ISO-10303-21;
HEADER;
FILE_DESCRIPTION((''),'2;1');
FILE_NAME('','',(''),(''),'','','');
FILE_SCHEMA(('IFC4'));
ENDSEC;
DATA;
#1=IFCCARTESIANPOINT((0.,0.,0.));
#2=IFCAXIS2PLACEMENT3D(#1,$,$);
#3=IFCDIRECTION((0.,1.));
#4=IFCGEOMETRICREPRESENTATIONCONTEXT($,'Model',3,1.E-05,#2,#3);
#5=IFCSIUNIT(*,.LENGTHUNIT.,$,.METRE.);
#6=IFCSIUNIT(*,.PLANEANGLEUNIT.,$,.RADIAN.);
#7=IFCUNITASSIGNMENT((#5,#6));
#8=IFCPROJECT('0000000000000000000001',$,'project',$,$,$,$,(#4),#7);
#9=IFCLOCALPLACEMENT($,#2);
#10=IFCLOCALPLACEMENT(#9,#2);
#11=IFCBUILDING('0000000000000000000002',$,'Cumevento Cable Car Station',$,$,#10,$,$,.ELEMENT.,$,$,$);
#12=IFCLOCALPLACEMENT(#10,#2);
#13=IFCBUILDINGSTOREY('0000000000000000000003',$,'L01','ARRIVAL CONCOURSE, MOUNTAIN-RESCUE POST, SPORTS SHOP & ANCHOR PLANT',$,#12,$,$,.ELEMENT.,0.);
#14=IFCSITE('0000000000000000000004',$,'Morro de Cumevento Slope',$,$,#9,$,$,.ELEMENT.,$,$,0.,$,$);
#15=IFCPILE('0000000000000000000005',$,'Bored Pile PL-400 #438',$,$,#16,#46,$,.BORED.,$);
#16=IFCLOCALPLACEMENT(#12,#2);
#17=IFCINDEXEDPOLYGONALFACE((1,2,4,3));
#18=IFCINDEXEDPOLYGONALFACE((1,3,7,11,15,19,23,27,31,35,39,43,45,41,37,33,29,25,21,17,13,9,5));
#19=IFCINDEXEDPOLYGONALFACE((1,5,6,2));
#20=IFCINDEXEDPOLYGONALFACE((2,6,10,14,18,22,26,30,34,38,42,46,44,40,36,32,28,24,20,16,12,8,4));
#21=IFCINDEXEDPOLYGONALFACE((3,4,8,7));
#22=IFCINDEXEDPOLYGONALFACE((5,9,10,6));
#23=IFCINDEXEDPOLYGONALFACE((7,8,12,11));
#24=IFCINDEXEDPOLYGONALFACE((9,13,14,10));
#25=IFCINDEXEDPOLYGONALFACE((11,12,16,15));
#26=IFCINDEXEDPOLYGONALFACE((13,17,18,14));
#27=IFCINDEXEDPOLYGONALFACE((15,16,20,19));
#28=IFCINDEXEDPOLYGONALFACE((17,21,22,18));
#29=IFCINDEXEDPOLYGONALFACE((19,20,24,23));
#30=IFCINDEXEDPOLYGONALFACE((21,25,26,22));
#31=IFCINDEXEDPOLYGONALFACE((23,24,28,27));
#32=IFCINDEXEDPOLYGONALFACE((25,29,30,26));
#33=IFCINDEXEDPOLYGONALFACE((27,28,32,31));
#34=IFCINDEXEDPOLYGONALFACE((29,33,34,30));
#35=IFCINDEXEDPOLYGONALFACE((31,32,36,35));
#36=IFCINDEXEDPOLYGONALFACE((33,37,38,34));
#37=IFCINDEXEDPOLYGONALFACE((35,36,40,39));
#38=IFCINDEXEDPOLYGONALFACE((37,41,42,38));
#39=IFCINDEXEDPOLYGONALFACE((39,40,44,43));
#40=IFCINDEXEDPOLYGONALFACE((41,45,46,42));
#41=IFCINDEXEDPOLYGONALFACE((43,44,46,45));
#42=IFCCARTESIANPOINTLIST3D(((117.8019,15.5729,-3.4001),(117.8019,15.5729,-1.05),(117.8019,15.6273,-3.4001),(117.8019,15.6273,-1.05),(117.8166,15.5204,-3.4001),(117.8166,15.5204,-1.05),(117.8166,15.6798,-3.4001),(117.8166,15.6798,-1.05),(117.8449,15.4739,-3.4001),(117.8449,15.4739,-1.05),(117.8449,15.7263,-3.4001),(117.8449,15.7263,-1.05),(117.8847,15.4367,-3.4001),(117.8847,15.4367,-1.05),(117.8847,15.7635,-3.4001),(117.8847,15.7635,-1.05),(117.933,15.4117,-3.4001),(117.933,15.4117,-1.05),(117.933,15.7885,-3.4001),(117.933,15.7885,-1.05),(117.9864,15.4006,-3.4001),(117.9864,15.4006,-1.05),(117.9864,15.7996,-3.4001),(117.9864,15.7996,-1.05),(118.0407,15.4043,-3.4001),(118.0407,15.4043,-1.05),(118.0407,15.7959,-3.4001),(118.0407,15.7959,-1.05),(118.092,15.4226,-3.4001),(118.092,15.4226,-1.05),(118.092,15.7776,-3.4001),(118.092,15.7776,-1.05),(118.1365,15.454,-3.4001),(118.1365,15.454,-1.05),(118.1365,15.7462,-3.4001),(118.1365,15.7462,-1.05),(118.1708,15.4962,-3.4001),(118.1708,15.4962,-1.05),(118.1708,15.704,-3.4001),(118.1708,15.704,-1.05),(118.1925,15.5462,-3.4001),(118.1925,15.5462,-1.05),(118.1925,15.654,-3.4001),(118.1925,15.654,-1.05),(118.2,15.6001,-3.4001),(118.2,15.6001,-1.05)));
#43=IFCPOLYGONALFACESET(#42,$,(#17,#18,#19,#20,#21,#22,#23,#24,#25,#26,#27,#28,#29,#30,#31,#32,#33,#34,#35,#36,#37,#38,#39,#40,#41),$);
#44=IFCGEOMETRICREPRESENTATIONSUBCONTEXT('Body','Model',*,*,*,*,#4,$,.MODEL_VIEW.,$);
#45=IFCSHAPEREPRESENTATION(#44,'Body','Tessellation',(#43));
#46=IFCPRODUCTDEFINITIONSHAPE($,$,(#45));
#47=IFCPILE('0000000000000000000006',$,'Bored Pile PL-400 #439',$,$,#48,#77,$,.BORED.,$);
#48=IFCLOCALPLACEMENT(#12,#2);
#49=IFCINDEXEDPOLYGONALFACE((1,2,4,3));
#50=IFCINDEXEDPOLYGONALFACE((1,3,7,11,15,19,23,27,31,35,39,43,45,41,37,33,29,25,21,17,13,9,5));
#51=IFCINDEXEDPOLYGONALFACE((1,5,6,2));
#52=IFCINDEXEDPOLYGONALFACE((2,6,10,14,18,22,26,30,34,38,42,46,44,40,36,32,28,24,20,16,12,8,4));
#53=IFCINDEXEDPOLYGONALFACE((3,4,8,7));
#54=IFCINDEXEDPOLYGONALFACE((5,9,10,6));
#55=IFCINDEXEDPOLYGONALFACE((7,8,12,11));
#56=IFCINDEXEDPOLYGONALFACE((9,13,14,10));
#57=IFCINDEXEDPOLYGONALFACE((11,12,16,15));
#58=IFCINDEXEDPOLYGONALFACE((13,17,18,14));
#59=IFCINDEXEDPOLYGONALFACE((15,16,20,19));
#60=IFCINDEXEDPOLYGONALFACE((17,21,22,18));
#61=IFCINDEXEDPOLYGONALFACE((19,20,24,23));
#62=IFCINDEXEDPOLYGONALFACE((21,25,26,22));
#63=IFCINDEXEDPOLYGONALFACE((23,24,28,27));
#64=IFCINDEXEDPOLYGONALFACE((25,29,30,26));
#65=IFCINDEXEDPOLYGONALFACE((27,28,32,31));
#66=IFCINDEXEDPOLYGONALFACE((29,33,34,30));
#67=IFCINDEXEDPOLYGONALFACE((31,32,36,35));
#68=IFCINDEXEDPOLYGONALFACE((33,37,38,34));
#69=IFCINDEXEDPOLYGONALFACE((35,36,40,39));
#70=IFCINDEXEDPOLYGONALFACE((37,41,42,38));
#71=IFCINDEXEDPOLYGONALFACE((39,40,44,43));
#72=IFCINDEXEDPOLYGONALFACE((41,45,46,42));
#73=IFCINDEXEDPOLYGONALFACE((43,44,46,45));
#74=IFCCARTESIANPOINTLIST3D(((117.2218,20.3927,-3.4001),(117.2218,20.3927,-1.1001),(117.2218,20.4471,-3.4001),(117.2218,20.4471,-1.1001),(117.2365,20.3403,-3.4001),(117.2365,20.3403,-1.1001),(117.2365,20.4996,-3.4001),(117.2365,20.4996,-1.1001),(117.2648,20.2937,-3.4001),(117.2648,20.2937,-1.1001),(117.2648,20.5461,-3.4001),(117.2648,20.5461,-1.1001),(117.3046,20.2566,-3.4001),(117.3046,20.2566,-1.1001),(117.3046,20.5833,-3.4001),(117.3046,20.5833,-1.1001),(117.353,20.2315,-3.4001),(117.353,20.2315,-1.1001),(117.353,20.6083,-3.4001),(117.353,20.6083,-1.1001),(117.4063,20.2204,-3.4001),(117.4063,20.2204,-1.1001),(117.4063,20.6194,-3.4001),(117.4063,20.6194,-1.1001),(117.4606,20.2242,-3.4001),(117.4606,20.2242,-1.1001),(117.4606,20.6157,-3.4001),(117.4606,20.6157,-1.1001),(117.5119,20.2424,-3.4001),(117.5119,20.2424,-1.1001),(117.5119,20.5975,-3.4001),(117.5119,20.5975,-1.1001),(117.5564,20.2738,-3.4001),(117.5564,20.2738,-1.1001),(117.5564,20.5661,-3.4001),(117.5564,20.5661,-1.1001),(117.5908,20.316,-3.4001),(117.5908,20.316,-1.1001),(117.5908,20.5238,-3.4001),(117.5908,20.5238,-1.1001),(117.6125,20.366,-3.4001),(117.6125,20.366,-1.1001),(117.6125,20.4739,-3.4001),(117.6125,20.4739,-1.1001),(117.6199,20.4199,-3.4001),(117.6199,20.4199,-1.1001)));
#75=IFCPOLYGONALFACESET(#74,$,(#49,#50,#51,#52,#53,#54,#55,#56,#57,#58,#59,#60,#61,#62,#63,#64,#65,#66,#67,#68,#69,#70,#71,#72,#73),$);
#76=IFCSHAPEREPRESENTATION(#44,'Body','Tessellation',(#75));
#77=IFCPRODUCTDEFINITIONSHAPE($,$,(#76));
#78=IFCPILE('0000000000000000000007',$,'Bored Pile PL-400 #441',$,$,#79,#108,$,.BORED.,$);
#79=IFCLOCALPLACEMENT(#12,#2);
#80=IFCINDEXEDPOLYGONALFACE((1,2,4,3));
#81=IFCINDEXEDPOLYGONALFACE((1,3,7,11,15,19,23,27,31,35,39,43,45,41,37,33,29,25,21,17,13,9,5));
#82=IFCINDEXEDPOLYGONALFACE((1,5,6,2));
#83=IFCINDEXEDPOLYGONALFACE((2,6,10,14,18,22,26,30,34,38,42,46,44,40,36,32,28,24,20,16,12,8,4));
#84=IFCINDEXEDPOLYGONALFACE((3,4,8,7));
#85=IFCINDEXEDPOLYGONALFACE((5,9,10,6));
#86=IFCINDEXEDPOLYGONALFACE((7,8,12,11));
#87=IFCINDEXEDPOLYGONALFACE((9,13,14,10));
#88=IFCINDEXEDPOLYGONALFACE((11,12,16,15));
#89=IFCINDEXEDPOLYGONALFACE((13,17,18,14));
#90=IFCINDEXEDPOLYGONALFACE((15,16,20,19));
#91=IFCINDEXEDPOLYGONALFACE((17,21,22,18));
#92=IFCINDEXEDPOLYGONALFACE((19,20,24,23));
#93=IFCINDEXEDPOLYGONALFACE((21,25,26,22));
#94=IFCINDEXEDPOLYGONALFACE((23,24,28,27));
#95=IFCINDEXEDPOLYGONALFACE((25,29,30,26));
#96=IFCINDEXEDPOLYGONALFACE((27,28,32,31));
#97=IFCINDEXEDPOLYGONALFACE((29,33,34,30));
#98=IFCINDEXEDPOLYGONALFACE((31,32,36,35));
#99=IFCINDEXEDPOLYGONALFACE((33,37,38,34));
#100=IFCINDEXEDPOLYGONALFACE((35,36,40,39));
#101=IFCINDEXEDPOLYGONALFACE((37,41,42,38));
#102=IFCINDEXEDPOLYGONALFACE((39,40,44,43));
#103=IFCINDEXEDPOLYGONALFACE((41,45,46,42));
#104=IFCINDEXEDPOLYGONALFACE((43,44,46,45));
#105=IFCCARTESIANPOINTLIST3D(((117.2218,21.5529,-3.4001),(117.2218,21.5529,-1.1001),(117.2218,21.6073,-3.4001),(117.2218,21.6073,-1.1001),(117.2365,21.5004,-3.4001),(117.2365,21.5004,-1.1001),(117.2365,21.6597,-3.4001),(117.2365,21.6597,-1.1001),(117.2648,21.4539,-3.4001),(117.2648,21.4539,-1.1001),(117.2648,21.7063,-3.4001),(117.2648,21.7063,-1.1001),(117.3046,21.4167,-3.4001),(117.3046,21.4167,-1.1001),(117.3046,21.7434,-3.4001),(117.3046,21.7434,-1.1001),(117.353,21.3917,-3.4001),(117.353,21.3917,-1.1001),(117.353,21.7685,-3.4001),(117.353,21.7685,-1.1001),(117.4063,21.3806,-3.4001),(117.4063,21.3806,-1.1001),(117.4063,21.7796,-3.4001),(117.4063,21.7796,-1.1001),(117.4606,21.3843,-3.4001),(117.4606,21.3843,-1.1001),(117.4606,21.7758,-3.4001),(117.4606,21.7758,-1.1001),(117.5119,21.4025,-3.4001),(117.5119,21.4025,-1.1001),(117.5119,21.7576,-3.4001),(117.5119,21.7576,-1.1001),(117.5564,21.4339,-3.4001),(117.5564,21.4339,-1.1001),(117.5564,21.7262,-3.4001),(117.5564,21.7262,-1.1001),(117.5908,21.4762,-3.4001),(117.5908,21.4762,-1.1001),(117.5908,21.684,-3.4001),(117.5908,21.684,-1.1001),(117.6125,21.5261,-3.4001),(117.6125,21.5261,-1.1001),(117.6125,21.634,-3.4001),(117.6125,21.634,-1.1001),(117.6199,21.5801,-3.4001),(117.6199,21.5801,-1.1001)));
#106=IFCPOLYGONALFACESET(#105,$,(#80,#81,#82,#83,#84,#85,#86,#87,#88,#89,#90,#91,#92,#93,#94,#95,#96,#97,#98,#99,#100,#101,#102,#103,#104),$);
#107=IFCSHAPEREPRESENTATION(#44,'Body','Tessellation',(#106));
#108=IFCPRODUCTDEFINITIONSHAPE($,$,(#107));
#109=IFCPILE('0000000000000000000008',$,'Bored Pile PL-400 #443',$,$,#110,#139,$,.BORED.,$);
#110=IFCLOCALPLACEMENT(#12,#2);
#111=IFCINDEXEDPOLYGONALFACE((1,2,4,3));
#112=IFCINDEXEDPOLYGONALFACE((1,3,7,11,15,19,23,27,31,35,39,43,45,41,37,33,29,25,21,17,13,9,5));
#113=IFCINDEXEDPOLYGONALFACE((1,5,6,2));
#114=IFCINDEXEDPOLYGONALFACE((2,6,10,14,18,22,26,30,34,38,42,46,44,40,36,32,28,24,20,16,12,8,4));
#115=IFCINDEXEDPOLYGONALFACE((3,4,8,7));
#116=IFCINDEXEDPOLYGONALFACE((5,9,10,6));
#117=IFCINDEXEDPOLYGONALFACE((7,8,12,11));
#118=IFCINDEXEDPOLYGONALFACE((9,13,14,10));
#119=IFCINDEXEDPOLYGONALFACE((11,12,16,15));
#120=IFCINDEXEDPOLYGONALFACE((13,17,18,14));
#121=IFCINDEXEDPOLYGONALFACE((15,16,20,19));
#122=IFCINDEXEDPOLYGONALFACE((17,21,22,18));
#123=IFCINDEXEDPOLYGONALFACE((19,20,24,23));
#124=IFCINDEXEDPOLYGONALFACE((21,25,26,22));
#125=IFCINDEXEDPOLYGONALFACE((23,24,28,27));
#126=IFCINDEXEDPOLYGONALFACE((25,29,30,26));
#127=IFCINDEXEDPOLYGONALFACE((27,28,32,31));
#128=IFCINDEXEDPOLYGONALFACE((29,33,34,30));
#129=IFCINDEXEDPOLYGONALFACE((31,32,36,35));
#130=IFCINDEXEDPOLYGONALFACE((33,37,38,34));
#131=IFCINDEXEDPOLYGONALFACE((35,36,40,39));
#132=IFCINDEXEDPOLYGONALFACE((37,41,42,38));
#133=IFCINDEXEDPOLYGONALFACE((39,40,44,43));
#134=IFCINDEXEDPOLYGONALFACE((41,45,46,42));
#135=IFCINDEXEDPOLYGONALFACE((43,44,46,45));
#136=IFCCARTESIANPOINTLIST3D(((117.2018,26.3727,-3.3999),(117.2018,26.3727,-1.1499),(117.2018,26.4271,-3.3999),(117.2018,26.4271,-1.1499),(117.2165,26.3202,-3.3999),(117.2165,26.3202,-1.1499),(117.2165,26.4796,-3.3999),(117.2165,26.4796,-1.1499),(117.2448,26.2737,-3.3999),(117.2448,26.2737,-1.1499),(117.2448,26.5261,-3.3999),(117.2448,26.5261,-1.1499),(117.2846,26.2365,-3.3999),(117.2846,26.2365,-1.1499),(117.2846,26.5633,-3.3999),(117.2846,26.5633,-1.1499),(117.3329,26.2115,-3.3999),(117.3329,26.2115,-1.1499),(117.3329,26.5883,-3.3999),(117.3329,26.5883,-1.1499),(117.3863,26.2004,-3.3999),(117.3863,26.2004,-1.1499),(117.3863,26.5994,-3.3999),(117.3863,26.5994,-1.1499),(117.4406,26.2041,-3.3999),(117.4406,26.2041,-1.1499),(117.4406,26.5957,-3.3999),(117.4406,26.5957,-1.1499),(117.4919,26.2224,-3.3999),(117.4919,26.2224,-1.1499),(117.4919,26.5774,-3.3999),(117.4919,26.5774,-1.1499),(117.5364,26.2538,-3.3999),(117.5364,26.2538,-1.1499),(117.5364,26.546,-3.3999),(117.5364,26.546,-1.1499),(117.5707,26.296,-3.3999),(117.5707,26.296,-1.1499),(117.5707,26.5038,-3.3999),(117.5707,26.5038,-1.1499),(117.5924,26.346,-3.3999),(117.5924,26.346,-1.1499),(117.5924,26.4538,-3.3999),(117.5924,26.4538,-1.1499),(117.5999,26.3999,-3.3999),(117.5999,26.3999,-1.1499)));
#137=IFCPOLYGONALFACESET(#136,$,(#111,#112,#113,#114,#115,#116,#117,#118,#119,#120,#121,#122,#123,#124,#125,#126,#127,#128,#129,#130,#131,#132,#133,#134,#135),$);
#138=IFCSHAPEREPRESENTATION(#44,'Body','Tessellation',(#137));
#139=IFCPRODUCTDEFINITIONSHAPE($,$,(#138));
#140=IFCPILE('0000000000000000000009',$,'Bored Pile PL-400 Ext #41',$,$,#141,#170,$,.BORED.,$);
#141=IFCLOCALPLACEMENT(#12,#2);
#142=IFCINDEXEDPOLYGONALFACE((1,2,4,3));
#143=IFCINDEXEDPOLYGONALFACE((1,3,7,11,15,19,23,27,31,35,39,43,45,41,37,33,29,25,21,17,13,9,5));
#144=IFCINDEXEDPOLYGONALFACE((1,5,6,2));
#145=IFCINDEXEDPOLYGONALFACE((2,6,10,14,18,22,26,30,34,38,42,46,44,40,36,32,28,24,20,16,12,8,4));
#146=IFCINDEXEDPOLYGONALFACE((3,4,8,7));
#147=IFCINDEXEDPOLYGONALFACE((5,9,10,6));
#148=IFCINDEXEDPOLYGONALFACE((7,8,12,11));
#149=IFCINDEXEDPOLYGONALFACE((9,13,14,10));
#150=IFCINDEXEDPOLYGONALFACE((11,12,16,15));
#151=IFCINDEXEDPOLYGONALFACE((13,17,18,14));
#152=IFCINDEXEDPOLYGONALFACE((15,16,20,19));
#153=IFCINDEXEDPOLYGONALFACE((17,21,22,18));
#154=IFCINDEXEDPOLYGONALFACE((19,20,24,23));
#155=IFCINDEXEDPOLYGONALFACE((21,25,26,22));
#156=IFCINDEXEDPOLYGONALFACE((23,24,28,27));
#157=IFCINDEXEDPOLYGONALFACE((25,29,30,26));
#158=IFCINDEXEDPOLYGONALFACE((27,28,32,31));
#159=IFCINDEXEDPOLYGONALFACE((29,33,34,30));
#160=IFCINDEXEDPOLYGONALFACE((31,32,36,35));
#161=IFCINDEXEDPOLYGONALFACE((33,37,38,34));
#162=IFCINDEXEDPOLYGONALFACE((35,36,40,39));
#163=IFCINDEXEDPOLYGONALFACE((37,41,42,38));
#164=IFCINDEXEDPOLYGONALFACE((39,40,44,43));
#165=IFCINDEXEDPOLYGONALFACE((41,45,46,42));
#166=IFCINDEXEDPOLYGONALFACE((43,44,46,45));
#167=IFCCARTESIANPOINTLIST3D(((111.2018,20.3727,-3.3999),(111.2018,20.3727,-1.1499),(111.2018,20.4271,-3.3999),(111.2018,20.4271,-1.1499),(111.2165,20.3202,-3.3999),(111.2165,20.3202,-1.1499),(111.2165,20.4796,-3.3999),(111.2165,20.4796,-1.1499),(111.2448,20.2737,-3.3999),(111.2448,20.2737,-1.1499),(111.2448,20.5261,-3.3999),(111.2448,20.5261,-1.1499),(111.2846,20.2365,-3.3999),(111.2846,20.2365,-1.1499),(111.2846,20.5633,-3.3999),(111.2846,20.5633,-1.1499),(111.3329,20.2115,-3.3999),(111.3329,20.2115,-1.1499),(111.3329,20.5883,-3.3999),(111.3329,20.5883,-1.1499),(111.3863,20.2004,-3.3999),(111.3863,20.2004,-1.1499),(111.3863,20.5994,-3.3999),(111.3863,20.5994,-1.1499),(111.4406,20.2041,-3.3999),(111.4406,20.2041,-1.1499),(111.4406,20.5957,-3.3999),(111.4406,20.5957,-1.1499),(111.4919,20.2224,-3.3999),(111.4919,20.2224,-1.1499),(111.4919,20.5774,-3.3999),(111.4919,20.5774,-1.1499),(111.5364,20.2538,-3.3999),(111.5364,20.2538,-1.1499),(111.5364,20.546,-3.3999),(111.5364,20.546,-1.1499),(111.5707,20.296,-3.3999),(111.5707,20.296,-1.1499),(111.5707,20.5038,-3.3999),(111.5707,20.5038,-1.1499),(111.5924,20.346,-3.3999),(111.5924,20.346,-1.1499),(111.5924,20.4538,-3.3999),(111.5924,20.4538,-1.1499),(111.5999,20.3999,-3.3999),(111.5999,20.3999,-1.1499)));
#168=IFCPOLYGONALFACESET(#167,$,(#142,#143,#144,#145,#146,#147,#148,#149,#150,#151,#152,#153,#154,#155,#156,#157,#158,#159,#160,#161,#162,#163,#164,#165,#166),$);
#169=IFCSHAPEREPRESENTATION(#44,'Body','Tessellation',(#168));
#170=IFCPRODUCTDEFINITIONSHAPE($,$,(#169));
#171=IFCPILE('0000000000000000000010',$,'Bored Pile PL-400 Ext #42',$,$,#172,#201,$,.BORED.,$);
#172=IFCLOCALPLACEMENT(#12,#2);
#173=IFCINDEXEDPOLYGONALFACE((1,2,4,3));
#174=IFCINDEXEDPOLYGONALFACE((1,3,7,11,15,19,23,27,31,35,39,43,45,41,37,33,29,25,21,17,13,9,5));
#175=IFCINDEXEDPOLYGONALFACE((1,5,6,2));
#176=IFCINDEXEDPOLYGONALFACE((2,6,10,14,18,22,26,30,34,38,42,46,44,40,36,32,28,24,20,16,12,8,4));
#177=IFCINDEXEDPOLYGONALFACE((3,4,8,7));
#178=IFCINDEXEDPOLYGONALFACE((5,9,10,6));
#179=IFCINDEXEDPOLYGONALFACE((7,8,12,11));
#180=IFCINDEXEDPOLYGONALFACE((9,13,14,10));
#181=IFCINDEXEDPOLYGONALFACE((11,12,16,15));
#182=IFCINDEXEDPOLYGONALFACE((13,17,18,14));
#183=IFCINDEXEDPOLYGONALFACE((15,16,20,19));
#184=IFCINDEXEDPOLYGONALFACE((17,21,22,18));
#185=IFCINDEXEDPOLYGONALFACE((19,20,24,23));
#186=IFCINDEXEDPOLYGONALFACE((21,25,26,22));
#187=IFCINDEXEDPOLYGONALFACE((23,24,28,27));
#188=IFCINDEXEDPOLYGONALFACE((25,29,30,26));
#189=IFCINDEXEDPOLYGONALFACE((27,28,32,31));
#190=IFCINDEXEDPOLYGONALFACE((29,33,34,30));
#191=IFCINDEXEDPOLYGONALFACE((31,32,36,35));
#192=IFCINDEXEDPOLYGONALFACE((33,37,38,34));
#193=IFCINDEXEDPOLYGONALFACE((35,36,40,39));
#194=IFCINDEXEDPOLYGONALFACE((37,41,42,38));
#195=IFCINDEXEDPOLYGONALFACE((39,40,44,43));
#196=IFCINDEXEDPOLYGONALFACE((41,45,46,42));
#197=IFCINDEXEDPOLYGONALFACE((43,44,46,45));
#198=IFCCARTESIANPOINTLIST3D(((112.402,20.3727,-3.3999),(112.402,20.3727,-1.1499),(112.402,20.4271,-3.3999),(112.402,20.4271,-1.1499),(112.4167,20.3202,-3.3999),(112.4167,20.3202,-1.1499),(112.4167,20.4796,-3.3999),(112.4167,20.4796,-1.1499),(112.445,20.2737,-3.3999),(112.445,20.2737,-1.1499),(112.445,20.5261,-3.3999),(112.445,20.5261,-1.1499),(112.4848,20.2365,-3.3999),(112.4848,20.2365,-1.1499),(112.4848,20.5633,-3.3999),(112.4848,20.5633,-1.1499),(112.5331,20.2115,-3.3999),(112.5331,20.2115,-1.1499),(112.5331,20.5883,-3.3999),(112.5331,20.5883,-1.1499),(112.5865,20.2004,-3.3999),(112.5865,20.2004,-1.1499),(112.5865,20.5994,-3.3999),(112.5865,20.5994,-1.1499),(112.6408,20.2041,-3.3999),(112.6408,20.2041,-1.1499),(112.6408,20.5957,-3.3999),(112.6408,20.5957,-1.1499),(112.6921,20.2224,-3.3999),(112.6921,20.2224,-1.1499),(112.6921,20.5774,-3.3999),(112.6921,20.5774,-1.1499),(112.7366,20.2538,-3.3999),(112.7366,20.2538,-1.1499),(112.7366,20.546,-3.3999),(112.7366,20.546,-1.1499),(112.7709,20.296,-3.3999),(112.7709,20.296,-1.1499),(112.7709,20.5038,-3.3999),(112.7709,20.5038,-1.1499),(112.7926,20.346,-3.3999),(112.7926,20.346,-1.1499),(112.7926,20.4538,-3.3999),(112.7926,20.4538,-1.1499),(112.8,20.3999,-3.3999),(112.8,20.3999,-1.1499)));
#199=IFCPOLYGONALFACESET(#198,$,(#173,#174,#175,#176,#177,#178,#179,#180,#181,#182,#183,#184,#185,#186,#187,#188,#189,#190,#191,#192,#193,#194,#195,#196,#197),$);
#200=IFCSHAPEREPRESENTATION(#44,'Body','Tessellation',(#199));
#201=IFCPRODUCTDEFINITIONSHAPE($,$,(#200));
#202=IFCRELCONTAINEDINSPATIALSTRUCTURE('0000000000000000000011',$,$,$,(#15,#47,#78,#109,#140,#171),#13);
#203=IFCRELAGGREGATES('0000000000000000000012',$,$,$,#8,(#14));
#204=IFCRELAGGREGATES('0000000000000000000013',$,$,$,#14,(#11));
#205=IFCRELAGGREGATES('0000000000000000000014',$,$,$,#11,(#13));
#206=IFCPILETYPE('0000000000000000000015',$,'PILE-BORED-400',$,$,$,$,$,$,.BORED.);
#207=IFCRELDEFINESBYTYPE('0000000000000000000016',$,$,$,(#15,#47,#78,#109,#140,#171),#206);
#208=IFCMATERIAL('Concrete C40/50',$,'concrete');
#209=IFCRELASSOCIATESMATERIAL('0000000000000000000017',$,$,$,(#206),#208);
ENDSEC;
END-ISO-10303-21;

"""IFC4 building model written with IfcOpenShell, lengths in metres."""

from ifc_helpers import new_model, si_unit, direction, frame, origin, origin_2d, place, context, subcontext, project, spatial, circle, extrude, material, material_profile, profile_set, type_object, element, save


model = new_model("IFC4")

# Units and contexts
model_context = context("Model", 3, precision=1e-05, world=origin(), true_north=direction((0.0, 1.0)))
body_context = subcontext(model_context, "Body", "Model", "MODEL_VIEW")
ifc_project = project(units=[si_unit("LENGTHUNIT", "METRE"), si_unit("PLANEANGLEUNIT", "RADIAN")], contexts=[model_context])

# Site, building, storey
site_placement = place(None, origin())
site = spatial("IfcSite", under=ifc_project, at=site_placement, Name="Morro de Cumevento Slope", CompositionType="ELEMENT", RefElevation=0.0)
building_placement = place(site_placement, origin())
building = spatial("IfcBuilding", under=site, at=building_placement, Name="Cumevento Cable Car Station", CompositionType="ELEMENT")
storey_placement = place(building_placement, origin())
storey = spatial("IfcBuildingStorey", under=building, at=storey_placement, Name="L01", Description="ARRIVAL CONCOURSE, MOUNTAIN-RESCUE POST, SPORTS SHOP & ANCHOR PLANT", CompositionType="ELEMENT", Elevation=0.0)

# Piles
ifc_material_1 = material(Name="Concrete C40/50", Category="concrete")
ifc_material_profile_1 = material_profile(ifc_material_1, circle(Radius=0.2, at=origin_2d()), Name="PILE-D400")
ifc_profile_set_1 = profile_set([ifc_material_profile_1], Name="Concrete C40/50")
pile_type = type_object("IfcPileType", Name="PILE-BORED-400", PredefinedType="BORED", material=ifc_profile_set_1)
pile_placement = place(storey_placement, frame((118.0, 15.6001, -1.05), z_axis=(0.0, 0.0, -1.0), x_axis=(1.0, 0.0, 0.0)))
element("IfcPile", 1, at=pile_placement, inside=storey, type_object=pile_type, Name="Bored Pile PL-400 #438", PredefinedType="BORED", context=body_context, shape_type="SweptSolid", body=[
    extrude(circle(Radius=0.2, at=origin_2d()), origin(), (0.0, 0.0, 1.0), 2.3501),
])
for number, where, z_axis, x_axis, name in (
    (2, (117.4199, 20.4199, -1.1001), (0.0, 0.0, -1.0), (1.0, 0.0, 0.0), "Bored Pile PL-400 #439"),
    (3, (117.4199, 21.5801, -1.1001), (0.0, 0.0, -1.0), (1.0, 0.0, 0.0), "Bored Pile PL-400 #441"),
):
    element("IfcPile", number, at=place(storey_placement, frame(where, z_axis=z_axis, x_axis=x_axis)), inside=storey, type_object=pile_type, Name=name, PredefinedType="BORED", context=body_context, shape_type="SweptSolid", body=[
        extrude(circle(Radius=0.2, at=origin_2d()), origin(), (0.0, 0.0, 1.0), 2.3),
    ])
for number, where, z_axis, x_axis, name in (
    (4, (117.3999, 26.3999, -1.1499), (0.0, 0.0, -1.0), (1.0, 0.0, 0.0), "Bored Pile PL-400 #443"),
    (5, (111.3999, 20.3999, -1.1499), (0.0, 0.0, -1.0), (1.0, 0.0, 0.0), "Bored Pile PL-400 Ext #41"),
    (6, (112.6001, 20.3999, -1.1499), (0.0, 0.0, -1.0), (1.0, 0.0, 0.0), "Bored Pile PL-400 Ext #42"),
):
    element("IfcPile", number, at=place(storey_placement, frame(where, z_axis=z_axis, x_axis=x_axis)), inside=storey, type_object=pile_type, Name=name, PredefinedType="BORED", context=body_context, shape_type="SweptSolid", body=[
        extrude(circle(Radius=0.2, at=origin_2d()), origin(), (0.0, 0.0, 1.0), 2.25),
    ])

save(model, "model.ifc")
